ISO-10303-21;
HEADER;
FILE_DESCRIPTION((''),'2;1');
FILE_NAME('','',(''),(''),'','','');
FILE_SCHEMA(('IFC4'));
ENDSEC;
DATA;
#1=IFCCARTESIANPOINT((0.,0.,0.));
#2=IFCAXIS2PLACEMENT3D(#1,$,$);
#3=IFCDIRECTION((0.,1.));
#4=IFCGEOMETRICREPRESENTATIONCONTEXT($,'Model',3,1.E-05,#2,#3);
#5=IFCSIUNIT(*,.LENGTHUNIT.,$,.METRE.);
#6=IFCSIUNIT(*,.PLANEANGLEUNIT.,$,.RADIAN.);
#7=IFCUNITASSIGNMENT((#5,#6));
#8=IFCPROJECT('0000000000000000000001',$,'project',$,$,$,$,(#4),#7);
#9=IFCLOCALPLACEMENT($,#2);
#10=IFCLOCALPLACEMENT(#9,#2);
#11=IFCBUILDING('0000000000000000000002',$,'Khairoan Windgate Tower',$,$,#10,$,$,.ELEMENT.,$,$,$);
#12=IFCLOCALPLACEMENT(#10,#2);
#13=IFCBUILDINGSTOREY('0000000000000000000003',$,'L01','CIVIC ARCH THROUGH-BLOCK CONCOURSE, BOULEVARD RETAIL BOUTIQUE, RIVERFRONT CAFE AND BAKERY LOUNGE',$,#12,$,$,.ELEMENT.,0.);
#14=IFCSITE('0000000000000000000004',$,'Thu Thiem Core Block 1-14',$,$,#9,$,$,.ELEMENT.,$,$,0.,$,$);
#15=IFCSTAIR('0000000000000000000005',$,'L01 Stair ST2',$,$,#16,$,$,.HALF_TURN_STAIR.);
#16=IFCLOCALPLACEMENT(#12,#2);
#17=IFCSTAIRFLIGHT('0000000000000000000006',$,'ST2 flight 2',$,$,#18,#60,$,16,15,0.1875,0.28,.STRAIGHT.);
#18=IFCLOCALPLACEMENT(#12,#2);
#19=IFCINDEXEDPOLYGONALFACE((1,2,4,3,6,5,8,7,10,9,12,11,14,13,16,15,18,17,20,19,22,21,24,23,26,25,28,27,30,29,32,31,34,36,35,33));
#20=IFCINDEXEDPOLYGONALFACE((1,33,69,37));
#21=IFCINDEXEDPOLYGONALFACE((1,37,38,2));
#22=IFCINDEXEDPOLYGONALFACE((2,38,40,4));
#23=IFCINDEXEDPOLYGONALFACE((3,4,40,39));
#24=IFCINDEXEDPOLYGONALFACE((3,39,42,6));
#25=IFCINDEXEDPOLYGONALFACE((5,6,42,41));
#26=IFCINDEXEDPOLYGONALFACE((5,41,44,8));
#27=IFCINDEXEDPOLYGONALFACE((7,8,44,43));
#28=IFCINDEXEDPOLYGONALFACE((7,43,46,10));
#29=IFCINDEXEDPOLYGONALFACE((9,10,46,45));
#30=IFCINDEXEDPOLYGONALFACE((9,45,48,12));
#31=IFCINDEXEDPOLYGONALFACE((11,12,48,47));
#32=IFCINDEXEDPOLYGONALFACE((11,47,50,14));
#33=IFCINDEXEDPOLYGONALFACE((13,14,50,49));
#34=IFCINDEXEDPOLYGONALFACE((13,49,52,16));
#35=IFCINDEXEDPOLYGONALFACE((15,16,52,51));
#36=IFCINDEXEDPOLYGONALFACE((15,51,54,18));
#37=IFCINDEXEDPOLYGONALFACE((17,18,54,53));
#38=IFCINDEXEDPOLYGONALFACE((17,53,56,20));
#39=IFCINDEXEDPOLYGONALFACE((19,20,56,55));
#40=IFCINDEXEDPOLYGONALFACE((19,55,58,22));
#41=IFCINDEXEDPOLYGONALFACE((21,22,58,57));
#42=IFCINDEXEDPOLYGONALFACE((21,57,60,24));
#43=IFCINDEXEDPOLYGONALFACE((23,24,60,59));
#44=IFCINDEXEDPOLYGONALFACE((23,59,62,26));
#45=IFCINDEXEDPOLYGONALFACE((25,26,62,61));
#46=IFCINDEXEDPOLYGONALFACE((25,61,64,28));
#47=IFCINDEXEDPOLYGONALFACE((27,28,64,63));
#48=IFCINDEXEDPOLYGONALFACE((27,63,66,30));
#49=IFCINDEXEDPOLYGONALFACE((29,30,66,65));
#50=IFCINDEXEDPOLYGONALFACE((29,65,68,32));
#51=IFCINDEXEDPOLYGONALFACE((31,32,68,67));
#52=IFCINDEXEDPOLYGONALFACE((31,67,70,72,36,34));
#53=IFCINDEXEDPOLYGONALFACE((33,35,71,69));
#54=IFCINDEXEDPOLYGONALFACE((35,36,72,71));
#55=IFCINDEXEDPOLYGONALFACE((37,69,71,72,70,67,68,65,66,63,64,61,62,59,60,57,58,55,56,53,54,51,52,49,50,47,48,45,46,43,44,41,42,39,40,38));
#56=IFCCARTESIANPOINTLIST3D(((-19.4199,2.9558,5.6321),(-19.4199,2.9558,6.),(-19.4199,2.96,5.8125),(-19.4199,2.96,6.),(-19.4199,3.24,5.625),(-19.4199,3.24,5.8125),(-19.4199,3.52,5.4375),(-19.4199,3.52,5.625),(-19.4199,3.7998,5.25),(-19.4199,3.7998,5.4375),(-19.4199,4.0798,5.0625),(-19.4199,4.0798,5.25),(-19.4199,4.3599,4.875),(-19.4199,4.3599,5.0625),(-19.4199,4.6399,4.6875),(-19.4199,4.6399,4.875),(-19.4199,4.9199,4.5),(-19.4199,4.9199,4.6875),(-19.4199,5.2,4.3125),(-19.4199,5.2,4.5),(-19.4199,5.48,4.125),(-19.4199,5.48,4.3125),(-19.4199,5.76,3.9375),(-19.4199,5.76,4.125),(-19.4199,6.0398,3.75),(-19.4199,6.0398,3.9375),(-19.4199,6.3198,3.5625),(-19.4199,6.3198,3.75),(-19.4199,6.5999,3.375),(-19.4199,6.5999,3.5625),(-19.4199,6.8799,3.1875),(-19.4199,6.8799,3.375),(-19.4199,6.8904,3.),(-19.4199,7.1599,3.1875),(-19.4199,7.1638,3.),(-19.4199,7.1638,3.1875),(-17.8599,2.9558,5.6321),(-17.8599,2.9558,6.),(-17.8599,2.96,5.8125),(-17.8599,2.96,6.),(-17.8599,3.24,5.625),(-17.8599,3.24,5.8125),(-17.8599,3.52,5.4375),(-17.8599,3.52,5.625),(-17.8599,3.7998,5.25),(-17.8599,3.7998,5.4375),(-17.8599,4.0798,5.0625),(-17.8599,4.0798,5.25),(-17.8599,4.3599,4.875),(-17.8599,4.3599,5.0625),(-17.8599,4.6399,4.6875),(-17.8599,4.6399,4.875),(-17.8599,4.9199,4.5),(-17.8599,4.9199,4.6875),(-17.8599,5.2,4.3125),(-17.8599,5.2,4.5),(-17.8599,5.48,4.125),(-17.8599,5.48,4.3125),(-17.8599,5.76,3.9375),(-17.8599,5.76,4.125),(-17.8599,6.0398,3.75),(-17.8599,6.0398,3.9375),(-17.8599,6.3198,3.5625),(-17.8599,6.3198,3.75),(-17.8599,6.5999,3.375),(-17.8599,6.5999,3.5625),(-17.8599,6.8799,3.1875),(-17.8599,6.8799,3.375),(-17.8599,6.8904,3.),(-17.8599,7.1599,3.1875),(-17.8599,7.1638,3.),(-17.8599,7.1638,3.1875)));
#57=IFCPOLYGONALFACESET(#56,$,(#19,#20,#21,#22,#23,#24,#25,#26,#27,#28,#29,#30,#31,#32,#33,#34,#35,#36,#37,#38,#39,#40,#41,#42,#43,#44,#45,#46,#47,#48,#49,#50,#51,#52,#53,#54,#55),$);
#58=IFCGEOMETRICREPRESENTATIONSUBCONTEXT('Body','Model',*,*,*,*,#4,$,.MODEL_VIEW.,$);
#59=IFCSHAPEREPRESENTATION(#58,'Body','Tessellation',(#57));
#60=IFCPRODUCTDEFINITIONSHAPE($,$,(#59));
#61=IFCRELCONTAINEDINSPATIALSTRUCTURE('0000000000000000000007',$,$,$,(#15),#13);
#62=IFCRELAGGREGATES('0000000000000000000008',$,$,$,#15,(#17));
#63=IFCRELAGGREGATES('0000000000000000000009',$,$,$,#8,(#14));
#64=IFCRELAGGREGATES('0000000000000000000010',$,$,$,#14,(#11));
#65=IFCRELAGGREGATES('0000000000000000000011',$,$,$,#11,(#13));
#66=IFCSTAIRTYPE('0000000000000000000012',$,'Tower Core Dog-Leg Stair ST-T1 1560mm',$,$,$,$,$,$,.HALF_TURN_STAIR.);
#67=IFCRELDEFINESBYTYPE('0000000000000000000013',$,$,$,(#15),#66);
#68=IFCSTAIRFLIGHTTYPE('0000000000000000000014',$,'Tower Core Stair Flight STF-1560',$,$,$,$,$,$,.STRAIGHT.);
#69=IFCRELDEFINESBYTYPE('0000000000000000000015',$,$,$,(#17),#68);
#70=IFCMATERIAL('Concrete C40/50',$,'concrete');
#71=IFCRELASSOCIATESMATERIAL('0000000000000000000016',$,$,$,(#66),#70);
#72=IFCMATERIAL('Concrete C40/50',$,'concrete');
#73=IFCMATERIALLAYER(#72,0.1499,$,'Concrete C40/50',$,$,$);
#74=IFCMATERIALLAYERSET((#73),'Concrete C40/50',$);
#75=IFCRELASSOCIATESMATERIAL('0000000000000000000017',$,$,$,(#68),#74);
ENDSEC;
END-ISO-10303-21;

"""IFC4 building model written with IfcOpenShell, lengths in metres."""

from ifc_helpers import new_model, si_unit, direction, frame, origin, place, context, subcontext, project, spatial, polyline, outline, extrude, material, layer, layer_set, type_object, element, aggregate, save


model = new_model("IFC4")

# Units and contexts
model_context = context("Model", 3, precision=1e-05, world=origin(), true_north=direction((0.0, 1.0)))
body_context = subcontext(model_context, "Body", "Model", "MODEL_VIEW")
ifc_project = project(units=[si_unit("LENGTHUNIT", "METRE"), si_unit("PLANEANGLEUNIT", "RADIAN")], contexts=[model_context])

# Site, building, storey
site_placement = place(None, origin())
site = spatial("IfcSite", under=ifc_project, at=site_placement, Name="Thu Thiem Core Block 1-14", CompositionType="ELEMENT", RefElevation=0.0)
building_placement = place(site_placement, origin())
building = spatial("IfcBuilding", under=site, at=building_placement, Name="Khairoan Windgate Tower", CompositionType="ELEMENT")
storey_placement = place(building_placement, origin())
storey = spatial("IfcBuildingStorey", under=building, at=storey_placement, Name="L01", Description="CIVIC ARCH THROUGH-BLOCK CONCOURSE, BOULEVARD RETAIL BOUTIQUE, RIVERFRONT CAFE AND BAKERY LOUNGE", CompositionType="ELEMENT", Elevation=0.0)

# Stair, stair flight
ifc_material_1 = material(Name="Concrete C40/50", Category="concrete")
stair_type = type_object("IfcStairType", Name="Tower Core Dog-Leg Stair ST-T1 1560mm", PredefinedType="HALF_TURN_STAIR", material=ifc_material_1)
stair_placement = place(storey_placement, origin())
stair = element("IfcStair", 1, at=stair_placement, inside=storey, type_object=stair_type, Name="L01 Stair ST2", PredefinedType="HALF_TURN_STAIR")
ifc_material_2 = material(Name="Concrete C40/50", Category="concrete")
ifc_layer_1 = layer(ifc_material_2, 0.1499, Name="Concrete C40/50")
ifc_layer_set_1 = layer_set([ifc_layer_1], Name="Concrete C40/50")
stair_flight_type = type_object("IfcStairFlightType", Name="Tower Core Stair Flight STF-1560", PredefinedType="STRAIGHT", material=ifc_layer_set_1)
stair_flight_placement = place(storey_placement, frame((-18.6399, 7.1599, 3.0), z_axis=(0.0, 0.0, 1.0), x_axis=(0.0, -1.0, 0.0)))
stair_flight = element("IfcStairFlight", 2, at=stair_flight_placement, type_object=stair_flight_type, Name="ST2 flight 2", NumberOfRisers=16, NumberOfTreads=15, PredefinedType="STRAIGHT", RiserHeight=0.1875, TreadLength=0.28, context=body_context, shape_type="SweptSolid", body=[
    extrude(outline(polyline([(-0.0039, 0.0), (-0.0039, 0.1875), (0.0, 0.1875), (0.28, 0.1875), (0.28, 0.375), (0.5601, 0.375), (0.5601, 0.5625), (0.8401, 0.5625), (0.8401, 0.75), (1.1201, 0.75), (1.1201, 0.9375), (1.3999, 0.9375), (1.3999, 1.125), (1.6799, 1.125), (1.6799, 1.3125), (1.96, 1.3125), (1.96, 1.5), (2.24, 1.5), (2.24, 1.6875), (2.52, 1.6875), (2.52, 1.875), (2.8, 1.875), (2.8, 2.0625), (3.0801, 2.0625), (3.0801, 2.25), (3.3601, 2.25), (3.3601, 2.4375), (3.6399, 2.4375), (3.6399, 2.625), (3.9199, 2.625), (3.9199, 2.8125), (4.2, 2.8125), (4.2, 3.0), (4.2041, 3.0), (4.2041, 2.6321), (0.2695, 0.0), (-0.0039, 0.0)])), frame((0.0, 0.78, 0.0), z_axis=(0.0, -1.0, 0.0), x_axis=(1.0, 0.0, 0.0)), (0.0, 0.0, 1.0), 1.5601),
])
aggregate(stair, [stair_flight])

save(model, "model.ifc")
